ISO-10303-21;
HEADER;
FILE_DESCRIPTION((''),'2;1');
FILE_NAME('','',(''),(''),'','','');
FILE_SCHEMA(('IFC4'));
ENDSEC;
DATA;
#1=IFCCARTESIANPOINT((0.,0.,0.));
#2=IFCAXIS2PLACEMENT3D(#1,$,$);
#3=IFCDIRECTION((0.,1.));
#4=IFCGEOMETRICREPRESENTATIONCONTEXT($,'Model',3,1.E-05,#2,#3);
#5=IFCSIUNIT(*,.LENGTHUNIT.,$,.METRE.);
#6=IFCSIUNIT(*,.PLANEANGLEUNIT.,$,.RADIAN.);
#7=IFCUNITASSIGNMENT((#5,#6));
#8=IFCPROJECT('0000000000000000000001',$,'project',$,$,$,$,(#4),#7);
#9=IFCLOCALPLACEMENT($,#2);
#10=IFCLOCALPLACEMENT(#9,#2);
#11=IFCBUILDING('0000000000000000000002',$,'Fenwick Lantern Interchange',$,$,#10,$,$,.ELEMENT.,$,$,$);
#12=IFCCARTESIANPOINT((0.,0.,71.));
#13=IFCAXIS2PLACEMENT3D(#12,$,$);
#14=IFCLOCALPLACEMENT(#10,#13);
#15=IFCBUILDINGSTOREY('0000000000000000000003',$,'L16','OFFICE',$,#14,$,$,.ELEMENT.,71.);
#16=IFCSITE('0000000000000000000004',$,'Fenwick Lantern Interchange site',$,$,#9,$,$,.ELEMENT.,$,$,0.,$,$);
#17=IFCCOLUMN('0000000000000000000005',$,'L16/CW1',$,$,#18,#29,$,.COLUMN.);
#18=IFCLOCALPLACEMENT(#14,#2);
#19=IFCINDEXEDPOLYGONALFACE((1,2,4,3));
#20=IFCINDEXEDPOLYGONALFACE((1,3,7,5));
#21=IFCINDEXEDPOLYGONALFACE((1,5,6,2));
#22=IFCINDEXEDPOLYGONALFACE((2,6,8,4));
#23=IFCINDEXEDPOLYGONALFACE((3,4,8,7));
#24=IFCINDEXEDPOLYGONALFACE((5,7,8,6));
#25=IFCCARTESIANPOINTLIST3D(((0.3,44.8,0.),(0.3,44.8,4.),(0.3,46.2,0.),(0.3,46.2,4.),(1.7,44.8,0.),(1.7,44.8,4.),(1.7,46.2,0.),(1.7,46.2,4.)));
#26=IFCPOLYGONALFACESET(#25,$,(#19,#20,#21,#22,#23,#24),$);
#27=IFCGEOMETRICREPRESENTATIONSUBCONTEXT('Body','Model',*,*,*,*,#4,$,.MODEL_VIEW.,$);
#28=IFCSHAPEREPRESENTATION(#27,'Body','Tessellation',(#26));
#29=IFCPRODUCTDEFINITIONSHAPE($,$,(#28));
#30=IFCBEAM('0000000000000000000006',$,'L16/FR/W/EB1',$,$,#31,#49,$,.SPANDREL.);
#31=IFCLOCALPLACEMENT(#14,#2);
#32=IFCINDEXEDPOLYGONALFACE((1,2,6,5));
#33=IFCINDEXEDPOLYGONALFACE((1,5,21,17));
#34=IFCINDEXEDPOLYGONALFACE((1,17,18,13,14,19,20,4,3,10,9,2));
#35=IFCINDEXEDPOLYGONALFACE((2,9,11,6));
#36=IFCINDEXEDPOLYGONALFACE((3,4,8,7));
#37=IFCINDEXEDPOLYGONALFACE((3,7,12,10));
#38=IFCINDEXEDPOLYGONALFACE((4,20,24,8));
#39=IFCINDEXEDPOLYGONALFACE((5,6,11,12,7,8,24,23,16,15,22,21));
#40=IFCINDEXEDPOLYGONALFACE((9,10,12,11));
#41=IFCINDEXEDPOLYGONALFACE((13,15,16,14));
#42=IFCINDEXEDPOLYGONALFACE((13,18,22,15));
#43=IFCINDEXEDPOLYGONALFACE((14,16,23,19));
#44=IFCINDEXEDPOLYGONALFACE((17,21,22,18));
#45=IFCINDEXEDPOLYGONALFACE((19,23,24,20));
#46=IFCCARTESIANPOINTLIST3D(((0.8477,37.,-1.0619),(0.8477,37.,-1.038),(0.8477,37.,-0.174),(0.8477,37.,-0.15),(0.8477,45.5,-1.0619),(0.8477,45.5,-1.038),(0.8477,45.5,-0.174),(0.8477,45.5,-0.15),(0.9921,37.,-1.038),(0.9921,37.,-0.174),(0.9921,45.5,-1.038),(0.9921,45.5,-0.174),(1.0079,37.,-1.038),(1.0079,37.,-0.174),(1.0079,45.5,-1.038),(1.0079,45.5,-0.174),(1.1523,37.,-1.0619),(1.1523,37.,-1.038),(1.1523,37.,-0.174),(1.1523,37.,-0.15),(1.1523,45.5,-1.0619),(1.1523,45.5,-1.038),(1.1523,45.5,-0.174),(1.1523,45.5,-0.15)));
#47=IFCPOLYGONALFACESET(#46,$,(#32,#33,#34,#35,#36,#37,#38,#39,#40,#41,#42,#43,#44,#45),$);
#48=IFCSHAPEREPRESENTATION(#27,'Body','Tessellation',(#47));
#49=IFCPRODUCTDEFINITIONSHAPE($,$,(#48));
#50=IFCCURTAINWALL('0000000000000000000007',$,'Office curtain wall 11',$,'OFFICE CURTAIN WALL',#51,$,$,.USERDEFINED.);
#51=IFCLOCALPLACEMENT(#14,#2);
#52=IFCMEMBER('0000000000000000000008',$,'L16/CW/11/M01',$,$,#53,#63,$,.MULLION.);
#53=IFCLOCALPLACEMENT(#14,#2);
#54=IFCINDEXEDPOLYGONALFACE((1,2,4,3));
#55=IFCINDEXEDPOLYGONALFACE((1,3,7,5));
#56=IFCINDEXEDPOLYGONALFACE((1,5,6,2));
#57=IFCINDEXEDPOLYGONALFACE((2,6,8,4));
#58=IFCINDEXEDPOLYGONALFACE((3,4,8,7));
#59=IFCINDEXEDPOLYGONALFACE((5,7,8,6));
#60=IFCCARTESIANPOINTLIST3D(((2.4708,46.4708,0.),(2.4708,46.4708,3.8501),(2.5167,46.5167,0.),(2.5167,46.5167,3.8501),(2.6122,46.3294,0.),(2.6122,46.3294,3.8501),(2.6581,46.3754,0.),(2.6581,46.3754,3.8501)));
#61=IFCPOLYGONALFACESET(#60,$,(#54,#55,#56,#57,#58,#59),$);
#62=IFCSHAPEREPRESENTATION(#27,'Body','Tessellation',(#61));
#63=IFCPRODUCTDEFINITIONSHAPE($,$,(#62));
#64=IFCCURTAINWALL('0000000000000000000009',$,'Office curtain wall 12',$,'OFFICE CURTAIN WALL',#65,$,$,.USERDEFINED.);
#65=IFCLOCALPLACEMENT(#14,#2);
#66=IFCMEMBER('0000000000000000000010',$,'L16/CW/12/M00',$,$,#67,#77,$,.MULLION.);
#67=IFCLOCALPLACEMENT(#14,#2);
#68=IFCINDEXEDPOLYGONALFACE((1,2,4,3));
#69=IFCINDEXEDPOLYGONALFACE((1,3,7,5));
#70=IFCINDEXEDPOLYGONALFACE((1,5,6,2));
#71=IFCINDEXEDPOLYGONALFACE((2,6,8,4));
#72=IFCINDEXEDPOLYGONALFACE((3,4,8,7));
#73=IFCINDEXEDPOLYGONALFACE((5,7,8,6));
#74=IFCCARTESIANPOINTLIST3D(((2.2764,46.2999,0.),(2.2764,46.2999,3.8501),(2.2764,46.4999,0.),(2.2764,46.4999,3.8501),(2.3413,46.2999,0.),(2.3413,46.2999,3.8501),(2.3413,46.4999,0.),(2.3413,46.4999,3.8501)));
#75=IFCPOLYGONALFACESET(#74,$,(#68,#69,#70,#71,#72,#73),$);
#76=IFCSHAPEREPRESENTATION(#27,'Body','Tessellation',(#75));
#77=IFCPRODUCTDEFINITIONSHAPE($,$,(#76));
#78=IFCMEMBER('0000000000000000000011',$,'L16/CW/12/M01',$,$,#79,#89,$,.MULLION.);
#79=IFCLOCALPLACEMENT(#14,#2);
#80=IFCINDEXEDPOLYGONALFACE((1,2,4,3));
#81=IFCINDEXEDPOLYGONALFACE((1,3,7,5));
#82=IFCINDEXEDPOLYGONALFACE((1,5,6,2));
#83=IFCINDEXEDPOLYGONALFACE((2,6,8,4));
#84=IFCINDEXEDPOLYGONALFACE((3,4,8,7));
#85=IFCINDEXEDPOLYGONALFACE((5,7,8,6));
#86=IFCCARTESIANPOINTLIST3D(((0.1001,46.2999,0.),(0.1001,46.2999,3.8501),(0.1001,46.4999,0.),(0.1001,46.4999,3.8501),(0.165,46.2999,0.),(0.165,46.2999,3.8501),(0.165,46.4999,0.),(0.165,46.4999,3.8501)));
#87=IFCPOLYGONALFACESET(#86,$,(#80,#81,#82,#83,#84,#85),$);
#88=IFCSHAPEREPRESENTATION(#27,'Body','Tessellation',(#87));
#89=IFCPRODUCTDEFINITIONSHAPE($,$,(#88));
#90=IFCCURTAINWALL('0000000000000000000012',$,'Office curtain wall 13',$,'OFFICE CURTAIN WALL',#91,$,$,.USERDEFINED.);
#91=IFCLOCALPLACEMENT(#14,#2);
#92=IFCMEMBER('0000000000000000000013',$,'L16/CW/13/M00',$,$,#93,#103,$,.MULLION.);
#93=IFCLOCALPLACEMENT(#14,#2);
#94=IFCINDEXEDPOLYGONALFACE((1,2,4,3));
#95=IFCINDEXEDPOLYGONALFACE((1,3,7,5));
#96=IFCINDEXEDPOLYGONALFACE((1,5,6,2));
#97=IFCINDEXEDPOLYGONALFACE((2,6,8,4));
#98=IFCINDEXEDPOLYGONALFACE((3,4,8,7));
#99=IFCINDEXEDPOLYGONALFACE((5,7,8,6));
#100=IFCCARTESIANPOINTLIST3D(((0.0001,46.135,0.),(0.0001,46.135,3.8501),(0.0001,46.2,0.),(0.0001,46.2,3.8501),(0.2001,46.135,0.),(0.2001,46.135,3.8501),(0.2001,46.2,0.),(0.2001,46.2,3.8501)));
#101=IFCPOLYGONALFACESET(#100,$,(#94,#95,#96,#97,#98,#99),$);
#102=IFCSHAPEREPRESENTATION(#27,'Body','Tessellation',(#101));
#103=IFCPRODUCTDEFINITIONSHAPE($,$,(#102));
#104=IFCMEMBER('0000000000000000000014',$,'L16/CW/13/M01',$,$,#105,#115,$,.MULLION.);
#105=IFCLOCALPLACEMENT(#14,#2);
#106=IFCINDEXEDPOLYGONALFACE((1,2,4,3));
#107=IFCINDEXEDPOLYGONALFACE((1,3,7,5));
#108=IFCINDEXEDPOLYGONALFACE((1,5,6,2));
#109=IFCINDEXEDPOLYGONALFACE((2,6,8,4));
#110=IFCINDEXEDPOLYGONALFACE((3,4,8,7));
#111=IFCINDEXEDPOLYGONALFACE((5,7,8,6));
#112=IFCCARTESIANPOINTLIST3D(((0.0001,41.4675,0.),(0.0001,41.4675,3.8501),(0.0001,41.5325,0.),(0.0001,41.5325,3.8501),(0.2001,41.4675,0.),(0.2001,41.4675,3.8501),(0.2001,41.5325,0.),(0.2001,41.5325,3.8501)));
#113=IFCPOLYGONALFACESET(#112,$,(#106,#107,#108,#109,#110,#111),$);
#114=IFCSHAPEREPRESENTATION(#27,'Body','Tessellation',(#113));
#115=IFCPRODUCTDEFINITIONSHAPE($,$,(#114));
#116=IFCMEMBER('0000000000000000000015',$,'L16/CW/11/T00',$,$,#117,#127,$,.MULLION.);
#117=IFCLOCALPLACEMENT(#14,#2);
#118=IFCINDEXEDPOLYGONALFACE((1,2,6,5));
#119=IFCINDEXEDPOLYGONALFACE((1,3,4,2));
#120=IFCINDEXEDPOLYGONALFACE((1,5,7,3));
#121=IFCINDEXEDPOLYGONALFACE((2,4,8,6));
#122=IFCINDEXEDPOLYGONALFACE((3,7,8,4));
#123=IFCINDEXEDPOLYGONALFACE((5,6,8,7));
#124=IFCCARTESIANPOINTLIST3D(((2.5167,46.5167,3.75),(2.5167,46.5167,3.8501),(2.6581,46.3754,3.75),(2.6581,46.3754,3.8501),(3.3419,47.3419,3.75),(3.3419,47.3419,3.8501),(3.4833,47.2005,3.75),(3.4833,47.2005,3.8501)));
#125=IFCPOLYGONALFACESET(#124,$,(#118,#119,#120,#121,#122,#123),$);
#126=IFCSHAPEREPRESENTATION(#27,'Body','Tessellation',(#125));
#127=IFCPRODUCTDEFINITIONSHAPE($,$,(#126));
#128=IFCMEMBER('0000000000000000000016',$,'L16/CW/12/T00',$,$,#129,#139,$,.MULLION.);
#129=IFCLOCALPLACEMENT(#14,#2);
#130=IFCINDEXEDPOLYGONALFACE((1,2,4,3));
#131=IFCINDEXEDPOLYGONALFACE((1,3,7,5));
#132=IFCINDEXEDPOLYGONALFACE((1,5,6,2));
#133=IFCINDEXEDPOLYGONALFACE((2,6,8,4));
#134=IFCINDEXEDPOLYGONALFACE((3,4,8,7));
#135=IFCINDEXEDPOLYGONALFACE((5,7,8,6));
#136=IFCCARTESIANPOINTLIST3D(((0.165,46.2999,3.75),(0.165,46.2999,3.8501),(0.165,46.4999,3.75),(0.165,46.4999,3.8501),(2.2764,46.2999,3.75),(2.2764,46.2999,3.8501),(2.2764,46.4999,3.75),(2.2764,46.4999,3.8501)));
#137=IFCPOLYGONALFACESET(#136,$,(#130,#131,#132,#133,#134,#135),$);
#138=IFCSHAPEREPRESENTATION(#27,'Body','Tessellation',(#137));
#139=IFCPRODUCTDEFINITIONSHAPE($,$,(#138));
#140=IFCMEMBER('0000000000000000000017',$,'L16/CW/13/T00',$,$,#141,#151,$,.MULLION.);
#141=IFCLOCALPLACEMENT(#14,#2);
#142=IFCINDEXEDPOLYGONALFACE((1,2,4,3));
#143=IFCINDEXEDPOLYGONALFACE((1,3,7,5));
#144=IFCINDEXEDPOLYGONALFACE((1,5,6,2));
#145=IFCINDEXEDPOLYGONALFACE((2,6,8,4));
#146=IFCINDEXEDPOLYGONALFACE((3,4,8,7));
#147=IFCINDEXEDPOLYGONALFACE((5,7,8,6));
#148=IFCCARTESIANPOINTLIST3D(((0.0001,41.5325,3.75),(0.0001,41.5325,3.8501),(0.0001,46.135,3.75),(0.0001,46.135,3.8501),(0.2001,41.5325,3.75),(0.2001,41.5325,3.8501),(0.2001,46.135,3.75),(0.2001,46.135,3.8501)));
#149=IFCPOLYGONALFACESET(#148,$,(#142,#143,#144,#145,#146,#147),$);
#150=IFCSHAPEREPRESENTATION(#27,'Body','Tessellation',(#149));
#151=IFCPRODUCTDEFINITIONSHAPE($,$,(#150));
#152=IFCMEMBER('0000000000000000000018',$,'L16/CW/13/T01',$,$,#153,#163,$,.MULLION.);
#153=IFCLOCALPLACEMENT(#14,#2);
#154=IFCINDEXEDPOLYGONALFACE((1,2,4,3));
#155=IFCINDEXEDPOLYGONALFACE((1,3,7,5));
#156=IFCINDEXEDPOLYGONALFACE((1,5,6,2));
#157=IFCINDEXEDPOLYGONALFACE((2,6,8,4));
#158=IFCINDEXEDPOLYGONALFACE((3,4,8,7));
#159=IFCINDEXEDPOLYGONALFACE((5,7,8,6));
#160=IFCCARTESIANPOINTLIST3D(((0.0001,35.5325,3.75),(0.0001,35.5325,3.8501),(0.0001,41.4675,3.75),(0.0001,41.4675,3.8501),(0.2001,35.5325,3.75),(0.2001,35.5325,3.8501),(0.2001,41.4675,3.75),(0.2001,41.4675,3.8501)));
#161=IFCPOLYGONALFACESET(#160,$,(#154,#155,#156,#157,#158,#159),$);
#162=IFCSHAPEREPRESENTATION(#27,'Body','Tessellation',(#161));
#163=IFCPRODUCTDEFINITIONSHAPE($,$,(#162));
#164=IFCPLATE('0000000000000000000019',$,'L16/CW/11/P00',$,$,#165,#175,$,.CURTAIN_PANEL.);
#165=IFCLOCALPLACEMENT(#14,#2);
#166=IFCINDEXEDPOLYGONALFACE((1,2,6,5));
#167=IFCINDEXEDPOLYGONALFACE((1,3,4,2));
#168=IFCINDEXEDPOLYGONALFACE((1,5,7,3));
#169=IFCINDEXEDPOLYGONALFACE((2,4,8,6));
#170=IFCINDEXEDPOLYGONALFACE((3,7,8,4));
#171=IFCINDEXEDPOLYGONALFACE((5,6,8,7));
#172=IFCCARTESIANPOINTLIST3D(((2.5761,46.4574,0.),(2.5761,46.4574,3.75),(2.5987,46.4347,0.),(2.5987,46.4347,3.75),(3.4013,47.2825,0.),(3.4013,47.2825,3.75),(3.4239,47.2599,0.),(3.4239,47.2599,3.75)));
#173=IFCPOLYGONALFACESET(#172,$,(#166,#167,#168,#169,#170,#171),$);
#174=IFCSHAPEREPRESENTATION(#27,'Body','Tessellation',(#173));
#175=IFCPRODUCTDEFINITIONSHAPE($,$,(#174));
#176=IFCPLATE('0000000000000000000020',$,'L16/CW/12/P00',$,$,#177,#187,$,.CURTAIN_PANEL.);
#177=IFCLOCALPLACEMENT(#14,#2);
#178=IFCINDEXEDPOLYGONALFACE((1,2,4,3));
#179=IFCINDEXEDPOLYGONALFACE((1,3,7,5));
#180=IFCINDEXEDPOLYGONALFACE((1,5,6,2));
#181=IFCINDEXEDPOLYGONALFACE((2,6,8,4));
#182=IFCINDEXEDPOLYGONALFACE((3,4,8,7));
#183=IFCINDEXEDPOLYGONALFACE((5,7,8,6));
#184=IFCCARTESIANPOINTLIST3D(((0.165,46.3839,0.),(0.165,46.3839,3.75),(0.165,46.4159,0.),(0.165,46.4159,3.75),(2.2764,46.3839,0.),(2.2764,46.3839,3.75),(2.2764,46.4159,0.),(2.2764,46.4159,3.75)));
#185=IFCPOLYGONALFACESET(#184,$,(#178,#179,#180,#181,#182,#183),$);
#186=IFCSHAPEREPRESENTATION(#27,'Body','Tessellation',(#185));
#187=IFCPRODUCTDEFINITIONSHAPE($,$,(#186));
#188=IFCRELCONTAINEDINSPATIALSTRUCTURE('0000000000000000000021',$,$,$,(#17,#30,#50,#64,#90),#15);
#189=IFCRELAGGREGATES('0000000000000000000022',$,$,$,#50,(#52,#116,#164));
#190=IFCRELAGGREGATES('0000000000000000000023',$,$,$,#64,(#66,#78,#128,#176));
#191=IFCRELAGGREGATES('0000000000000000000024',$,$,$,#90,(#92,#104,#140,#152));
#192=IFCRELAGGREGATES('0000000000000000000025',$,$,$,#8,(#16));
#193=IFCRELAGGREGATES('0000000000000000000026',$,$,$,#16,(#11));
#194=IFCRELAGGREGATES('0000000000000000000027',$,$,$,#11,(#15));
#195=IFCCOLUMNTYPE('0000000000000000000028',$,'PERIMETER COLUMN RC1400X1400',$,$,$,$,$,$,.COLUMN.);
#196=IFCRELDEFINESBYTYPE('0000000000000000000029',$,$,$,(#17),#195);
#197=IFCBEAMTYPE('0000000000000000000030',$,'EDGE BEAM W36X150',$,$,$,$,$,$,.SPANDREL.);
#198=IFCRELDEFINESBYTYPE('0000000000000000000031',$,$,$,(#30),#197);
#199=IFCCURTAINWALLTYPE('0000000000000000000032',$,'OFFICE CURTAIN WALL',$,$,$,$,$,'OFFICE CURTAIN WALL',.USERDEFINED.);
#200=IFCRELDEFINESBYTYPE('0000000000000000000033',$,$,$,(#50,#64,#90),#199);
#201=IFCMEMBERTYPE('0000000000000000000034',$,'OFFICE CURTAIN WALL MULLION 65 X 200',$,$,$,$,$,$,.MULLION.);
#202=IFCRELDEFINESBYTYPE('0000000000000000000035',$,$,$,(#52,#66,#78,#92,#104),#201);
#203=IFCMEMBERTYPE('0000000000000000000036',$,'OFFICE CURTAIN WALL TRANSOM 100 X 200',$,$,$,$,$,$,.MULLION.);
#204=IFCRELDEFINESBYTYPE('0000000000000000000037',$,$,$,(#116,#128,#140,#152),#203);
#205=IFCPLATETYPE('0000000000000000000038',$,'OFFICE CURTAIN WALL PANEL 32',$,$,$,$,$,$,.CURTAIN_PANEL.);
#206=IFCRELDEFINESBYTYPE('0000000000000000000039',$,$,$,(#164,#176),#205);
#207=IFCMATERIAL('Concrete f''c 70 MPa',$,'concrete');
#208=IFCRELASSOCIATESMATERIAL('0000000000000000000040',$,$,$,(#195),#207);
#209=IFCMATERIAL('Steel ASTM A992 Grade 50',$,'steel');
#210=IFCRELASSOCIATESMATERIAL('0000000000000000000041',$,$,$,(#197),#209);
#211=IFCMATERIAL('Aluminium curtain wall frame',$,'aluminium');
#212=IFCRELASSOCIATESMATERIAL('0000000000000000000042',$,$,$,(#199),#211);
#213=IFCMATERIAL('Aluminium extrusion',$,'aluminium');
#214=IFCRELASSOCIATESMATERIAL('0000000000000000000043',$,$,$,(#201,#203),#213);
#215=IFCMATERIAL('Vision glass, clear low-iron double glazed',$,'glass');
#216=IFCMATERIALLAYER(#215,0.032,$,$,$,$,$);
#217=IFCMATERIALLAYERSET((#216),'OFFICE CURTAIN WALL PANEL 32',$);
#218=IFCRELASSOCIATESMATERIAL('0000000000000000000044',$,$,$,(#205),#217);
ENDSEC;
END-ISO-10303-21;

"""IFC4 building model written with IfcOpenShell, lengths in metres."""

from ifc_helpers import new_model, si_unit, direction, frame, origin, origin_2d, place, context, subcontext, project, spatial, rectangle, i_section, extrude, material, layer, layer_set, material_profile, profile_set, type_object, element, aggregate, save


model = new_model("IFC4")

# Units and contexts
model_context = context("Model", 3, precision=1e-05, world=origin(), true_north=direction((0.0, 1.0)))
body_context = subcontext(model_context, "Body", "Model", "MODEL_VIEW")
ifc_project = project(units=[si_unit("LENGTHUNIT", "METRE"), si_unit("PLANEANGLEUNIT", "RADIAN")], contexts=[model_context])

# Site, building, storey
site_placement = place(None, origin())
site = spatial("IfcSite", under=ifc_project, at=site_placement, Name="Fenwick Lantern Interchange site", CompositionType="ELEMENT", RefElevation=0.0)
building_placement = place(site_placement, origin())
building = spatial("IfcBuilding", under=site, at=building_placement, Name="Fenwick Lantern Interchange", CompositionType="ELEMENT")
storey_placement = place(building_placement, frame((0.0, 0.0, 71.0)))
storey = spatial("IfcBuildingStorey", under=building, at=storey_placement, Name="L16", Description="OFFICE", CompositionType="ELEMENT", Elevation=71.0)

# Column
ifc_material_1 = material(Name="Concrete f'c 70 MPa", Category="concrete")
ifc_material_profile_1 = material_profile(ifc_material_1, rectangle(XDim=1.3999, YDim=1.3999, at=origin_2d()), Name="RC1400X1400")
ifc_profile_set_1 = profile_set([ifc_material_profile_1], Name="Concrete f'c 70 MPa")
column_type = type_object("IfcColumnType", Name="PERIMETER COLUMN RC1400X1400", PredefinedType="COLUMN", material=ifc_profile_set_1)
column_placement = place(storey_placement, frame((1.0, 45.5, 0.0), z_axis=(0.0, 0.0, 1.0), x_axis=(1.0, 0.0, 0.0)))
element("IfcColumn", 1, at=column_placement, inside=storey, type_object=column_type, Name="L16/CW1", PredefinedType="COLUMN", context=body_context, shape_type="SweptSolid", body=[
    extrude(rectangle(XDim=1.3999, YDim=1.3999, at=origin_2d()), origin(), (0.0, 0.0, 1.0), 4.0),
])

# Beam
ifc_material_2 = material(Name="Steel ASTM A992 Grade 50", Category="steel")
ifc_material_profile_2 = material_profile(ifc_material_2, i_section(OverallWidth=0.3047, OverallDepth=0.9119, WebThickness=0.0159, FlangeThickness=0.0239, at=origin_2d()), Name="W36X150")
ifc_profile_set_2 = profile_set([ifc_material_profile_2], Name="Steel ASTM A992 Grade 50")
beam_type = type_object("IfcBeamType", Name="EDGE BEAM W36X150", PredefinedType="SPANDREL", material=ifc_profile_set_2)
beam_placement = place(storey_placement, frame((1.0, 45.5, -0.606), z_axis=(0.0, -1.0, 0.0), x_axis=(1.0, 0.0, 0.0)))
element("IfcBeam", 2, at=beam_placement, inside=storey, type_object=beam_type, Name="L16/FR/W/EB1", PredefinedType="SPANDREL", context=body_context, shape_type="SweptSolid", body=[
    extrude(i_section(OverallWidth=0.3047, OverallDepth=0.9119, WebThickness=0.0159, FlangeThickness=0.0239, at=origin_2d()), origin(), (0.0, 0.0, 1.0), 8.5),
])

# Curtain wall, member
ifc_material_3 = material(Name="Aluminium curtain wall frame", Category="aluminium")
curtain_wall_type = type_object("IfcCurtainWallType", Name="OFFICE CURTAIN WALL", ElementType="OFFICE CURTAIN WALL", PredefinedType="USERDEFINED", material=ifc_material_3)
curtain_wall_1_placement = place(storey_placement, origin())
curtain_wall_1 = element("IfcCurtainWall", 3, at=curtain_wall_1_placement, inside=storey, type_object=curtain_wall_type, Name="Office curtain wall 11", ObjectType="OFFICE CURTAIN WALL", PredefinedType="USERDEFINED")
ifc_material_4 = material(Name="Aluminium extrusion", Category="aluminium")
ifc_material_profile_3 = material_profile(ifc_material_4, rectangle(XDim=0.2, YDim=0.0649, at=origin_2d()), Name="OFFICE CURTAIN WALL MULLION 65 X 200")
ifc_profile_set_3 = profile_set([ifc_material_profile_3], Name="Aluminium extrusion")
member_type_1 = type_object("IfcMemberType", Name="OFFICE CURTAIN WALL MULLION 65 X 200", PredefinedType="MULLION", material=ifc_profile_set_3)
member_1_placement = place(storey_placement, frame((2.5645, 46.4231, 0.0), z_axis=(0.0, 0.0, 1.0), x_axis=(0.707107, -0.707107, 0.0)))
member_1 = element("IfcMember", 4, at=member_1_placement, type_object=member_type_1, Name="L16/CW/11/M01", PredefinedType="MULLION", context=body_context, shape_type="SweptSolid", body=[
    extrude(rectangle(XDim=0.2, YDim=0.0649, at=origin_2d()), origin(), (0.0, 0.0, 1.0), 3.8501),
])

# Curtain walls, members
curtain_wall_2_placement = place(storey_placement, origin())
curtain_wall_2 = element("IfcCurtainWall", 5, at=curtain_wall_2_placement, inside=storey, type_object=curtain_wall_type, Name="Office curtain wall 12", ObjectType="OFFICE CURTAIN WALL", PredefinedType="USERDEFINED")
member_2_placement = place(storey_placement, frame((2.3088, 46.3999, 0.0), z_axis=(0.0, 0.0, 1.0), x_axis=(0.0, -1.0, 0.0)))
member_2 = element("IfcMember", 6, at=member_2_placement, type_object=member_type_1, Name="L16/CW/12/M00", PredefinedType="MULLION", context=body_context, shape_type="SweptSolid", body=[
    extrude(rectangle(XDim=0.2, YDim=0.0649, at=origin_2d()), origin(), (0.0, 0.0, 1.0), 3.8501),
])
member_3_placement = place(storey_placement, frame((0.1326, 46.3999, 0.0), z_axis=(0.0, 0.0, 1.0), x_axis=(0.0, -1.0, 0.0)))
member_3 = element("IfcMember", 7, at=member_3_placement, type_object=member_type_1, Name="L16/CW/12/M01", PredefinedType="MULLION", context=body_context, shape_type="SweptSolid", body=[
    extrude(rectangle(XDim=0.2, YDim=0.0649, at=origin_2d()), origin(), (0.0, 0.0, 1.0), 3.8501),
])
curtain_wall_3_placement = place(storey_placement, origin())
curtain_wall_3 = element("IfcCurtainWall", 8, at=curtain_wall_3_placement, inside=storey, type_object=curtain_wall_type, Name="Office curtain wall 13", ObjectType="OFFICE CURTAIN WALL", PredefinedType="USERDEFINED")
member_4_placement = place(storey_placement, frame((0.1001, 46.1675, 0.0), z_axis=(0.0, 0.0, 1.0), x_axis=(1.0, 0.0, 0.0)))
member_4 = element("IfcMember", 9, at=member_4_placement, type_object=member_type_1, Name="L16/CW/13/M00", PredefinedType="MULLION", context=body_context, shape_type="SweptSolid", body=[
    extrude(rectangle(XDim=0.2, YDim=0.0649, at=origin_2d()), origin(), (0.0, 0.0, 1.0), 3.8501),
])
member_5_placement = place(storey_placement, frame((0.1001, 41.5, 0.0), z_axis=(0.0, 0.0, 1.0), x_axis=(1.0, 0.0, 0.0)))
member_5 = element("IfcMember", 10, at=member_5_placement, type_object=member_type_1, Name="L16/CW/13/M01", PredefinedType="MULLION", context=body_context, shape_type="SweptSolid", body=[
    extrude(rectangle(XDim=0.2, YDim=0.0649, at=origin_2d()), origin(), (0.0, 0.0, 1.0), 3.8501),
])

# Members
ifc_material_profile_4 = material_profile(ifc_material_4, rectangle(XDim=0.2, YDim=0.1001, at=origin_2d()), Name="OFFICE CURTAIN WALL TRANSOM 100 X 200")
ifc_profile_set_4 = profile_set([ifc_material_profile_4], Name="Aluminium extrusion")
member_type_2 = type_object("IfcMemberType", Name="OFFICE CURTAIN WALL TRANSOM 100 X 200", PredefinedType="MULLION", material=ifc_profile_set_4)
member_6_placement = place(storey_placement, frame((3.4126, 47.2712, 3.8), z_axis=(-0.707107, -0.707107, 0.0), x_axis=(0.707107, -0.707107, 0.0)))
member_6 = element("IfcMember", 11, at=member_6_placement, type_object=member_type_2, Name="L16/CW/11/T00", PredefinedType="MULLION", context=body_context, shape_type="SweptSolid", body=[
    extrude(rectangle(XDim=0.2, YDim=0.1001, at=origin_2d()), origin(), (0.0, 0.0, 1.0), 1.167),
])
member_7_placement = place(storey_placement, frame((2.2764, 46.3999, 3.8), z_axis=(-1.0, 0.0, 0.0), x_axis=(0.0, -1.0, 0.0)))
member_7 = element("IfcMember", 12, at=member_7_placement, type_object=member_type_2, Name="L16/CW/12/T00", PredefinedType="MULLION", context=body_context, shape_type="SweptSolid", body=[
    extrude(rectangle(XDim=0.2, YDim=0.1001, at=origin_2d()), origin(), (0.0, 0.0, 1.0), 2.1113),
])
member_8_placement = place(storey_placement, frame((0.1001, 46.135, 3.8), z_axis=(0.0, -1.0, 0.0), x_axis=(1.0, 0.0, 0.0)))
member_8 = element("IfcMember", 13, at=member_8_placement, type_object=member_type_2, Name="L16/CW/13/T00", PredefinedType="MULLION", context=body_context, shape_type="SweptSolid", body=[
    extrude(rectangle(XDim=0.2, YDim=0.1001, at=origin_2d()), origin(), (0.0, 0.0, 1.0), 4.6025),
])
member_9_placement = place(storey_placement, frame((0.1001, 41.4675, 3.8), z_axis=(0.0, -1.0, 0.0), x_axis=(1.0, 0.0, 0.0)))
member_9 = element("IfcMember", 14, at=member_9_placement, type_object=member_type_2, Name="L16/CW/13/T01", PredefinedType="MULLION", context=body_context, shape_type="SweptSolid", body=[
    extrude(rectangle(XDim=0.2, YDim=0.1001, at=origin_2d()), origin(), (0.0, 0.0, 1.0), 5.9351),
])

# Plates
ifc_material_5 = material(Name="Vision glass, clear low-iron double glazed", Category="glass")
ifc_layer_1 = layer(ifc_material_5, 0.032)
ifc_layer_set_1 = layer_set([ifc_layer_1], Name="OFFICE CURTAIN WALL PANEL 32")
plate_type = type_object("IfcPlateType", Name="OFFICE CURTAIN WALL PANEL 32", PredefinedType="CURTAIN_PANEL", material=ifc_layer_set_1)
plate_1_placement = place(storey_placement, frame((3.0, 46.8586, 0.0), z_axis=(0.0, 0.0, 1.0), x_axis=(-0.707107, -0.707107, 0.0)))
plate_1 = element("IfcPlate", 15, at=plate_1_placement, type_object=plate_type, Name="L16/CW/11/P00", PredefinedType="CURTAIN_PANEL", context=body_context, shape_type="SweptSolid", body=[
    extrude(rectangle(XDim=1.167, YDim=0.032, at=origin_2d()), origin(), (0.0, 0.0, 1.0), 3.75),
])
aggregate(curtain_wall_1, [member_1, member_6, plate_1])
plate_2_placement = place(storey_placement, frame((1.2207, 46.3999, 0.0), z_axis=(0.0, 0.0, 1.0), x_axis=(-1.0, 0.0, 0.0)))
plate_2 = element("IfcPlate", 16, at=plate_2_placement, type_object=plate_type, Name="L16/CW/12/P00", PredefinedType="CURTAIN_PANEL", context=body_context, shape_type="SweptSolid", body=[
    extrude(rectangle(XDim=2.1113, YDim=0.032, at=origin_2d()), origin(), (0.0, 0.0, 1.0), 3.75),
])
aggregate(curtain_wall_2, [member_2, member_3, member_7, plate_2])
aggregate(curtain_wall_3, [member_4, member_5, member_8, member_9])

save(model, "model.ifc")
